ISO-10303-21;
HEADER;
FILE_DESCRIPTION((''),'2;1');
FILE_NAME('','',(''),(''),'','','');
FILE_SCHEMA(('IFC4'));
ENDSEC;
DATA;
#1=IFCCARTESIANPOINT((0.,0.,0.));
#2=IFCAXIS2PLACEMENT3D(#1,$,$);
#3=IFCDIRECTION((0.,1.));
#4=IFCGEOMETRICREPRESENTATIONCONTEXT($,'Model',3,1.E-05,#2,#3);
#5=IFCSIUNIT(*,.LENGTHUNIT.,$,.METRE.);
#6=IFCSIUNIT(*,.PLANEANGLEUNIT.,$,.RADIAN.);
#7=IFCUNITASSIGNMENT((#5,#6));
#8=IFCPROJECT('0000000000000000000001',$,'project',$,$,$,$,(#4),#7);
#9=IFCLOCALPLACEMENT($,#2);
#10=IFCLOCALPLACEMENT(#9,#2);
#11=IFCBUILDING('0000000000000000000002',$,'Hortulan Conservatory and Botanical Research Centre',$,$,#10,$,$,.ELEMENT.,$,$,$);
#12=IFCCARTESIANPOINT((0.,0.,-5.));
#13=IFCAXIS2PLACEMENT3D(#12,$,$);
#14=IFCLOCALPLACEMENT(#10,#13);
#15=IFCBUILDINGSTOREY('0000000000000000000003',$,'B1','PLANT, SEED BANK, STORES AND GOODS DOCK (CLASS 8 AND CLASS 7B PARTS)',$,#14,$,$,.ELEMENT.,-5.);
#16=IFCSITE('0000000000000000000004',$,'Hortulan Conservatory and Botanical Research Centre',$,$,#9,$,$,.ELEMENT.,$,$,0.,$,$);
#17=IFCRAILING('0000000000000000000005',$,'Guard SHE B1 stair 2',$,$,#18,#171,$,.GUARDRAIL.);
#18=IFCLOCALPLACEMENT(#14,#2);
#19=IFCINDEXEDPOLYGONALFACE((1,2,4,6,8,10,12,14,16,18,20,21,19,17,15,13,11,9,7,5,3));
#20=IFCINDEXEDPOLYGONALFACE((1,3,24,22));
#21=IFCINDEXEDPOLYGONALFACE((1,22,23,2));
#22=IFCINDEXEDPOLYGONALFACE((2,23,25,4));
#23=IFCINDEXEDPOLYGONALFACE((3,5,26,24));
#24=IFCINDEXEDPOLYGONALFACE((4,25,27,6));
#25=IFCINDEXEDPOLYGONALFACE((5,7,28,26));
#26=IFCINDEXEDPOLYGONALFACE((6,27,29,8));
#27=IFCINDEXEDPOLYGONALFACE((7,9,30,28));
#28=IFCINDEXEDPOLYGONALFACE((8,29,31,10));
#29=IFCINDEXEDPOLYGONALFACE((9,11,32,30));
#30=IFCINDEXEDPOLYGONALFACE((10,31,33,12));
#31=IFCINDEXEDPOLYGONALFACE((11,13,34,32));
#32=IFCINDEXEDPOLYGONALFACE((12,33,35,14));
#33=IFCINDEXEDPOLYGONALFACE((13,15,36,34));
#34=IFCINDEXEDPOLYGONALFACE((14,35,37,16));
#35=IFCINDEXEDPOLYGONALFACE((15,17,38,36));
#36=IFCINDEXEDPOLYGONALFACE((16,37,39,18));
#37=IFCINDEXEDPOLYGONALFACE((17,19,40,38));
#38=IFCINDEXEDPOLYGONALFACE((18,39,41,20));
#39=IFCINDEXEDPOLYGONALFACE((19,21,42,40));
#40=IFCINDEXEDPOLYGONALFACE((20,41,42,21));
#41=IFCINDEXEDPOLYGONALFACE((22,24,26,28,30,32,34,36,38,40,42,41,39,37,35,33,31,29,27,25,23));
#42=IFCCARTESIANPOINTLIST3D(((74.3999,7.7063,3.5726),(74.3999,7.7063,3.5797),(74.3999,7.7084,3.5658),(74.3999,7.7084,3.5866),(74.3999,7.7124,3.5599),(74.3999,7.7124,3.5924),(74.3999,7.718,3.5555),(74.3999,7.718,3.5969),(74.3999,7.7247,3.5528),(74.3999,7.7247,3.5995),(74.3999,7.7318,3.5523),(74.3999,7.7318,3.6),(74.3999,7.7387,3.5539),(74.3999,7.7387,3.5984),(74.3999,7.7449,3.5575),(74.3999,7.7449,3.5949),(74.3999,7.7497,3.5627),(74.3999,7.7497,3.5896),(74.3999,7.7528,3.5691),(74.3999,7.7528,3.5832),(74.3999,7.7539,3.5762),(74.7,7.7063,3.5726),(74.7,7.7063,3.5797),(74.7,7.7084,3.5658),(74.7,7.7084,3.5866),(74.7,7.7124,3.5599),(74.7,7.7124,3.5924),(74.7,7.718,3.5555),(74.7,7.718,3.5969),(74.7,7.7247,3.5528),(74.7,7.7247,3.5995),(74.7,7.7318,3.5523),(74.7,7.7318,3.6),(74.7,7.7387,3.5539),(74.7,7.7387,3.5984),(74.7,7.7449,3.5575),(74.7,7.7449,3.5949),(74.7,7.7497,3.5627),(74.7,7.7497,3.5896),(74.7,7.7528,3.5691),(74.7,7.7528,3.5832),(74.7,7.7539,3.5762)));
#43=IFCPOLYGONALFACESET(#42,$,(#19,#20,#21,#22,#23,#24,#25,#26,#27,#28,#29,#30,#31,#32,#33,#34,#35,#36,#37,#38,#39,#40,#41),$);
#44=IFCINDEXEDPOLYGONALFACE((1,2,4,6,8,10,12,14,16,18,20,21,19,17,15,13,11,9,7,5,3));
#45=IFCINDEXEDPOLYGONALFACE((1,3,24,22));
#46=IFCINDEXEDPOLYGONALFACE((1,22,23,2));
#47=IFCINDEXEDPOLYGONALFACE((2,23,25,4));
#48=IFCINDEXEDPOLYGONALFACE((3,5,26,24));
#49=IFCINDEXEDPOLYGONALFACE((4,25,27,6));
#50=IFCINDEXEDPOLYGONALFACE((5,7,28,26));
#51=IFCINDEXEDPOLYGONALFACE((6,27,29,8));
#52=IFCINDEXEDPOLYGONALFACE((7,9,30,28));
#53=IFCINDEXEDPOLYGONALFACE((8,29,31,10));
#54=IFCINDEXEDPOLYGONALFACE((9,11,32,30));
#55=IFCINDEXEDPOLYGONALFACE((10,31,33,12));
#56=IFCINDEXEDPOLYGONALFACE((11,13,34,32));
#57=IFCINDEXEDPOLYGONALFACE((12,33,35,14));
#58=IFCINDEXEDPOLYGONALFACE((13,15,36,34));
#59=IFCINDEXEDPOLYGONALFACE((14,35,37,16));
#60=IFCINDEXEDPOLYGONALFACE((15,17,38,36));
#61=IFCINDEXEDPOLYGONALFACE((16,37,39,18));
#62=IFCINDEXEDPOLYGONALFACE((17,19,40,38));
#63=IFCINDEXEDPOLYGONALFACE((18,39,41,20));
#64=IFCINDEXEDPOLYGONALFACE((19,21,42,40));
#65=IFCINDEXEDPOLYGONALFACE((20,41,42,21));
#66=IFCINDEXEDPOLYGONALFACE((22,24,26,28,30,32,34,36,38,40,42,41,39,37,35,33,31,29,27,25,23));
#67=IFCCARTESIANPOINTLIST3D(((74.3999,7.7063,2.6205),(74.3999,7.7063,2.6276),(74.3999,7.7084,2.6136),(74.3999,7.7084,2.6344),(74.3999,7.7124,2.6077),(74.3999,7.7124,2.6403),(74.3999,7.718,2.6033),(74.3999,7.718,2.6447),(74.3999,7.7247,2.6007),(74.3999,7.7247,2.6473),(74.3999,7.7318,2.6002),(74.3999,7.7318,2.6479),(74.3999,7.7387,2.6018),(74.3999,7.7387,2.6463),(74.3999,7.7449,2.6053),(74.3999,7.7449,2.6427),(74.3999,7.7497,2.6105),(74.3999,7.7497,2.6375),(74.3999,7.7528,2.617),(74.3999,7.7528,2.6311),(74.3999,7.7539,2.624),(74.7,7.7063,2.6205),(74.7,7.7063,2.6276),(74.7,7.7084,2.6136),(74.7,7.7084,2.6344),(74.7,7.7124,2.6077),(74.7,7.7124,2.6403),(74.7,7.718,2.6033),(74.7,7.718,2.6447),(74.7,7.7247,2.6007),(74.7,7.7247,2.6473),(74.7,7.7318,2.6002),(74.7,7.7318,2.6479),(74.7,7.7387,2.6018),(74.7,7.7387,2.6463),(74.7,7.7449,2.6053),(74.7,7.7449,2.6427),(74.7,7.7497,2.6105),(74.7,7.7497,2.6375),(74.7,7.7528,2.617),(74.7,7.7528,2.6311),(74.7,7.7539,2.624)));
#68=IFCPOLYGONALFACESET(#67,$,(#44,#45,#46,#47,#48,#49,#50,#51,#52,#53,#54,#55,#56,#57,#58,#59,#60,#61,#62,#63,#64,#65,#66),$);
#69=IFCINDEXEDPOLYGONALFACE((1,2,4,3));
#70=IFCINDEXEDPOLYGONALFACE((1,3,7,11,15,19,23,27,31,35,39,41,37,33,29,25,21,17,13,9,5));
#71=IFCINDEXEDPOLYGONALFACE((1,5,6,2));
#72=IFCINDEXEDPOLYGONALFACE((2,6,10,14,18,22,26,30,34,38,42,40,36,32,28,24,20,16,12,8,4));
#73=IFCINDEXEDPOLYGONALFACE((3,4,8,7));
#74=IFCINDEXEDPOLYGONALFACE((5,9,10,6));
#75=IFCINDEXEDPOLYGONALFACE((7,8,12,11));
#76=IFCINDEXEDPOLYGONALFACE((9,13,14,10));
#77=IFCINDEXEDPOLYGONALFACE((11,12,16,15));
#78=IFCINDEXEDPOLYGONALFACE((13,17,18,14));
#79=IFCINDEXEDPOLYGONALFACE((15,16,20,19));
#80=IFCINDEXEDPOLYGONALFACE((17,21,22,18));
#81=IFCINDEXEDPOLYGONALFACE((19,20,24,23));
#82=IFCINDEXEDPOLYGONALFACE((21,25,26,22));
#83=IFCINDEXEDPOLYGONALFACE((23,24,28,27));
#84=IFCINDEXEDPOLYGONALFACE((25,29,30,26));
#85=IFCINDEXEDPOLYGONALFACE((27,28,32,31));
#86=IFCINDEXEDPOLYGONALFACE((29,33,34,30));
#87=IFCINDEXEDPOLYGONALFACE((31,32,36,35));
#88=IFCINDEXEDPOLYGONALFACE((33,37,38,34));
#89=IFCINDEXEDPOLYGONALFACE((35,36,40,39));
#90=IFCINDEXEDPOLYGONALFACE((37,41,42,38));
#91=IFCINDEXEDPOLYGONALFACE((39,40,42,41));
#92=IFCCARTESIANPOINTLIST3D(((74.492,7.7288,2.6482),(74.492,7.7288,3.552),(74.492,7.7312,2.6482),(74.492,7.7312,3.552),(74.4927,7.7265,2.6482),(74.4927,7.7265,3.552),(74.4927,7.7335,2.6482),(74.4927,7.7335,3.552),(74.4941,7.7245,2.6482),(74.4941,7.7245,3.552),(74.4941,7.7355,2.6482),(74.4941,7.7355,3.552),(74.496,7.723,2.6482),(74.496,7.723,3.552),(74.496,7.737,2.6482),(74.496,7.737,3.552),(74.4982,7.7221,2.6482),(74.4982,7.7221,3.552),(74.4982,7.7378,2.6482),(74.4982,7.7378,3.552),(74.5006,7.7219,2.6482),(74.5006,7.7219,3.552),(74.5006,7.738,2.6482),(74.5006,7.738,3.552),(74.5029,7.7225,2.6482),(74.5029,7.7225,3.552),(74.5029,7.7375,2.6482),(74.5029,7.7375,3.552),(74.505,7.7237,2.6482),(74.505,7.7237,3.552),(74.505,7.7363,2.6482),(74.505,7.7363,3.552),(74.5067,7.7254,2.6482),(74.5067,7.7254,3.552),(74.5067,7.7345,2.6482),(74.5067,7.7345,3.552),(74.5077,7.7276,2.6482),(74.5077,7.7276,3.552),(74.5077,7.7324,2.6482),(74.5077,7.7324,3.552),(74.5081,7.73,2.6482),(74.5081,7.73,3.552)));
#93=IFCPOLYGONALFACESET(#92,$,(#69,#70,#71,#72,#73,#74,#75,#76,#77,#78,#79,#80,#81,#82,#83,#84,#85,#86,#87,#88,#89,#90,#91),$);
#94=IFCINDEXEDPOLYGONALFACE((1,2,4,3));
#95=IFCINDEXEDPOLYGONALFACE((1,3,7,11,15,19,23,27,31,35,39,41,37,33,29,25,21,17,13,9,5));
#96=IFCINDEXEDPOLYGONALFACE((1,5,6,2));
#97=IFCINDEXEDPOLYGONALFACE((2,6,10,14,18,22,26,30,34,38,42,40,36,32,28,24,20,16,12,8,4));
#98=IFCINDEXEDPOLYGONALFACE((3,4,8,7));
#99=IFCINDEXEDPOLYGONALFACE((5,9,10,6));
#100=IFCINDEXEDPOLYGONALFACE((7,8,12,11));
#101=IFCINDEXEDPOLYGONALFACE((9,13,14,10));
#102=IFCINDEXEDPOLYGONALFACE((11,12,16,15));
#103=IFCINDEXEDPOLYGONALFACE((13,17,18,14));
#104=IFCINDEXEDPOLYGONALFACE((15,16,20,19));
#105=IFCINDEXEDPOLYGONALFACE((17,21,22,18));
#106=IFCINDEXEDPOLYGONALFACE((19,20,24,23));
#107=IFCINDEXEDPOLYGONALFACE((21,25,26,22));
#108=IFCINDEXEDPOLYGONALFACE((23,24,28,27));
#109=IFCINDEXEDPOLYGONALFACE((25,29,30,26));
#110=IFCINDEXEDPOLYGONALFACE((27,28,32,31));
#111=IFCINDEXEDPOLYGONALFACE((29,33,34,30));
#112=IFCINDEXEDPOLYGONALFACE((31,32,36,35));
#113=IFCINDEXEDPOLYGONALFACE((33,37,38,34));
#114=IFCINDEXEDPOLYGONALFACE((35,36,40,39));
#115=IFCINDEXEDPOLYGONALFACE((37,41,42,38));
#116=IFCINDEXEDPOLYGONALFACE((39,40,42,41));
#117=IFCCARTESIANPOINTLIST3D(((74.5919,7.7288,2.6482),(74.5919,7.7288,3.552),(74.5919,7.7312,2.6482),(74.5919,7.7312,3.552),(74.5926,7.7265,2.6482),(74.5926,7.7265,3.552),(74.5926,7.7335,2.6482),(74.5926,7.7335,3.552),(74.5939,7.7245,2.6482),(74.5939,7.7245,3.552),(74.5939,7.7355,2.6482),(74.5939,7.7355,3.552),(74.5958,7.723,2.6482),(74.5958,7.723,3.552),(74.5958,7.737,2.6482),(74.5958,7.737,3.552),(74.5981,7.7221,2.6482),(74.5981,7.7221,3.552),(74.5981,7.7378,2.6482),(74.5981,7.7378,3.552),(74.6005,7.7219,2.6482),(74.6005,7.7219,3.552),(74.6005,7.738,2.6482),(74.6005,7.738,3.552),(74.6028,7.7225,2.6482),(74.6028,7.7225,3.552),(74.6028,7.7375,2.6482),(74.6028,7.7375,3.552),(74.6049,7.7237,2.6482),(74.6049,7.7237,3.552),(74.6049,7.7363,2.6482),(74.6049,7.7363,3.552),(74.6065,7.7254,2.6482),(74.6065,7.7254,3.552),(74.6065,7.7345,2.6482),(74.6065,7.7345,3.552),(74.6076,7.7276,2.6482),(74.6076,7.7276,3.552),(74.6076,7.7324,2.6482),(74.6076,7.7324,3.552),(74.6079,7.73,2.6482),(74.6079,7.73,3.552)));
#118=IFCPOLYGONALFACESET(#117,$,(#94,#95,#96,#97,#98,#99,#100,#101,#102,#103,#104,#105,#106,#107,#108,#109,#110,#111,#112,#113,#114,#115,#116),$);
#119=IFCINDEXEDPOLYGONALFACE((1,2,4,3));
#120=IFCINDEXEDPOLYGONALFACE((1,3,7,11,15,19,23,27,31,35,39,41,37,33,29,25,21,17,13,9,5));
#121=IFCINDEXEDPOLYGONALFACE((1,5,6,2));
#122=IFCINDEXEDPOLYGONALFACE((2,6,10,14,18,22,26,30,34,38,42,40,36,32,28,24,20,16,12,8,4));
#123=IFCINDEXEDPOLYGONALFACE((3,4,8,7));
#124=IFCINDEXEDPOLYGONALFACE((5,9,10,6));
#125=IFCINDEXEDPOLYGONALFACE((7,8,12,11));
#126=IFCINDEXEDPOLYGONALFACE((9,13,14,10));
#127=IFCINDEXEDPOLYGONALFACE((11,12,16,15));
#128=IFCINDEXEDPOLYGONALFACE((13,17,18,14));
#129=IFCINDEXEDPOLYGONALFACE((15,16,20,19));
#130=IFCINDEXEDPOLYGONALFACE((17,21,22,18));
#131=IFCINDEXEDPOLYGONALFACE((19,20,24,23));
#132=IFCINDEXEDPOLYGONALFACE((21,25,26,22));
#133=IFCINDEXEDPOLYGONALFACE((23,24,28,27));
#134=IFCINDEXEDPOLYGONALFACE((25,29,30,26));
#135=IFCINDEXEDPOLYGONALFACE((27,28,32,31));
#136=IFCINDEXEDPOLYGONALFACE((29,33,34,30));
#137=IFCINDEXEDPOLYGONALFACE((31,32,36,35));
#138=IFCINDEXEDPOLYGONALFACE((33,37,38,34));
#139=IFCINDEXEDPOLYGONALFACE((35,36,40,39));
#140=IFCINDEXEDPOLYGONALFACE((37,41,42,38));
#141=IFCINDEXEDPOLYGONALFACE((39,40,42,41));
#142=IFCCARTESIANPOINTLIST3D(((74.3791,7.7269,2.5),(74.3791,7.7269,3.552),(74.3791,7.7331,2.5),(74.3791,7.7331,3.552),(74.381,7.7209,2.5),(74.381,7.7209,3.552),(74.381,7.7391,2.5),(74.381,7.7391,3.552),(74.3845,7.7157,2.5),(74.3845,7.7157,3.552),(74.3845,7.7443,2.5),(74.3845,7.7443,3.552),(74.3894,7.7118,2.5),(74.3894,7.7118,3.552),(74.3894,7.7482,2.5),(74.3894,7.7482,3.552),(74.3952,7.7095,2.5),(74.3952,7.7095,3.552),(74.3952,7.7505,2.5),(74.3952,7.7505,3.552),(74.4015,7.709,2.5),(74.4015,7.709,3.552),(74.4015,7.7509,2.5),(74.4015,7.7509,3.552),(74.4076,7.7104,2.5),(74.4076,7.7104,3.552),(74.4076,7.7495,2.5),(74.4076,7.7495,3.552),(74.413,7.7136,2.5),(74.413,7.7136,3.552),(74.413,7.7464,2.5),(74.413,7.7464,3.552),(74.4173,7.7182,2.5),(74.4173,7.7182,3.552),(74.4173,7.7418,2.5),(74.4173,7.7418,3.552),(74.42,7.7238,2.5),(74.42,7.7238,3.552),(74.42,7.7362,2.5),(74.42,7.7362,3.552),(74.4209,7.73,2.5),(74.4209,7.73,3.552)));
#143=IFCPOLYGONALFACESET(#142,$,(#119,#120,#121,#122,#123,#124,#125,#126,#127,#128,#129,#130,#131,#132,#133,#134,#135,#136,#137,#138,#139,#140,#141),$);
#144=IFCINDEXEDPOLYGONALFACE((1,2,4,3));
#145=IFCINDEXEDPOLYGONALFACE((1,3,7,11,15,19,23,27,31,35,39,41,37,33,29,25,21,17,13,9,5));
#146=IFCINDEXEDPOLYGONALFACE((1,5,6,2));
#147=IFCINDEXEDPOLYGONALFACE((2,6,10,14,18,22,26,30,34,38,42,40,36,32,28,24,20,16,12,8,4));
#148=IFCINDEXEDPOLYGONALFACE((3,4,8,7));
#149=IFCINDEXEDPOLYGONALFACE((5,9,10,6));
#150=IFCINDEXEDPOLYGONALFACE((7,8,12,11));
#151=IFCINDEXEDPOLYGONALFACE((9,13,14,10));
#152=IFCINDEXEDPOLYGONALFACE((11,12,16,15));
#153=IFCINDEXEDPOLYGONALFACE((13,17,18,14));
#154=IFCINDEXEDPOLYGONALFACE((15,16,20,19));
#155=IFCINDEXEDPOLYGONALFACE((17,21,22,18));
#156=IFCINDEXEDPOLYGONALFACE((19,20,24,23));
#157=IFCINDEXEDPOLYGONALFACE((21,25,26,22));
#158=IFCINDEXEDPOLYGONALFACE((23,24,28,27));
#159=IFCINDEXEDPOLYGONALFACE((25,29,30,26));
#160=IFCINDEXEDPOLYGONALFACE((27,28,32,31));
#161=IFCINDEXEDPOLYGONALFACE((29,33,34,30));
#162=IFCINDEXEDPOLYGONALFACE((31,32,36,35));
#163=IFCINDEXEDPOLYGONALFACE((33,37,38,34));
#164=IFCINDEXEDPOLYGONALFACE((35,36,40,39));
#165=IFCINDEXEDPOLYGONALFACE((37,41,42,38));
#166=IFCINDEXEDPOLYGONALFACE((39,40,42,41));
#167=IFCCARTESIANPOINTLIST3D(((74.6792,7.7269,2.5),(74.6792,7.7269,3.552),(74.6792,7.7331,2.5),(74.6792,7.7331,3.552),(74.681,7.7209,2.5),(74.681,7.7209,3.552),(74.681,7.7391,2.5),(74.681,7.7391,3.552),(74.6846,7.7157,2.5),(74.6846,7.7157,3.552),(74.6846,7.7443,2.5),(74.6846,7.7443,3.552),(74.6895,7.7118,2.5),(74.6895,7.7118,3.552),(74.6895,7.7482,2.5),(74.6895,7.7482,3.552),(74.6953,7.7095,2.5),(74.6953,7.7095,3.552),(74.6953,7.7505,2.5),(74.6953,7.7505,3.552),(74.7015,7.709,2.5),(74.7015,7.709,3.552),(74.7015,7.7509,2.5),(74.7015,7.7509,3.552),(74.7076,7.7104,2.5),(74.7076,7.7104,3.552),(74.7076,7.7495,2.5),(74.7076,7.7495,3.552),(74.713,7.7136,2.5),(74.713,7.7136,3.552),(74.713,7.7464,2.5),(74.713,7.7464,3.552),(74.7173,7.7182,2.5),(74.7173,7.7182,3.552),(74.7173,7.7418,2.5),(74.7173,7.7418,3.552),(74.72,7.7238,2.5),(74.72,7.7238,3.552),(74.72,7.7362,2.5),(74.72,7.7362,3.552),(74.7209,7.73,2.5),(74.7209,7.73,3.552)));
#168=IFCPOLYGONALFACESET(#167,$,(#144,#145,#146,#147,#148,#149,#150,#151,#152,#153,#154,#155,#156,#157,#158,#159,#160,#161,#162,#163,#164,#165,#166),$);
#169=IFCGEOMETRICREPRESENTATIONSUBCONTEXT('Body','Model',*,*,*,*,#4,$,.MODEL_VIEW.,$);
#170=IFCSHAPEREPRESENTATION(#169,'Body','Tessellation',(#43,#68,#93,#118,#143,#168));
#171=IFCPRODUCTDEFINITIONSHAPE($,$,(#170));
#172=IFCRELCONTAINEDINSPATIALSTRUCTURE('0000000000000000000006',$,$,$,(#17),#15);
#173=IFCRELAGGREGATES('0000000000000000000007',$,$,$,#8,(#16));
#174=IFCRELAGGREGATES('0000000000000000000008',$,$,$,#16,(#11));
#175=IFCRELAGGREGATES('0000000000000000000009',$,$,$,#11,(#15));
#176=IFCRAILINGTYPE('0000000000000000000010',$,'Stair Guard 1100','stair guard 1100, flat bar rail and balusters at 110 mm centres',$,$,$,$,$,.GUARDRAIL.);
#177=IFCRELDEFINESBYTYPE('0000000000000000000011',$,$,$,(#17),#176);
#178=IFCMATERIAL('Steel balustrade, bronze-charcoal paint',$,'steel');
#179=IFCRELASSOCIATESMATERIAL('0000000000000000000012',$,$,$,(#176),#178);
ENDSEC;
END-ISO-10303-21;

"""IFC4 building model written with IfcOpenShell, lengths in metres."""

from ifc_helpers import new_model, si_unit, direction, frame, origin, origin_2d, place, context, subcontext, project, spatial, circle, extrude, material, type_object, element, save


model = new_model("IFC4")

# Units and contexts
model_context = context("Model", 3, precision=1e-05, world=origin(), true_north=direction((0.0, 1.0)))
body_context = subcontext(model_context, "Body", "Model", "MODEL_VIEW")
ifc_project = project(units=[si_unit("LENGTHUNIT", "METRE"), si_unit("PLANEANGLEUNIT", "RADIAN")], contexts=[model_context])

# Site, building, storey
site_placement = place(None, origin())
site = spatial("IfcSite", under=ifc_project, at=site_placement, Name="Hortulan Conservatory and Botanical Research Centre", CompositionType="ELEMENT", RefElevation=0.0)
building_placement = place(site_placement, origin())
building = spatial("IfcBuilding", under=site, at=building_placement, Name="Hortulan Conservatory and Botanical Research Centre", CompositionType="ELEMENT")
storey_placement = place(building_placement, frame((0.0, 0.0, -5.0)))
storey = spatial("IfcBuildingStorey", under=building, at=storey_placement, Name="B1", Description="PLANT, SEED BANK, STORES AND GOODS DOCK (CLASS 8 AND CLASS 7B PARTS)", CompositionType="ELEMENT", Elevation=-5.0)

# Railing
ifc_material_1 = material(Name="Steel balustrade, bronze-charcoal paint", Category="steel")
railing_type_1 = type_object("IfcRailingType", Name="Stair Guard 1100", Description="stair guard 1100, flat bar rail and balusters at 110 mm centres", PredefinedType="GUARDRAIL", material=ifc_material_1)
railing_1_placement = place(storey_placement, frame((74.3999, 7.73, 2.5)))
element("IfcRailing", 1, at=railing_1_placement, inside=storey, type_object=railing_type_1, Name="Guard SHE B1 stair 2", PredefinedType="GUARDRAIL", context=body_context, shape_type="SweptSolid", body=[
    extrude(circle(Radius=0.0239, at=origin_2d()), frame((0.0, 0.0, 1.0762), z_axis=(1.0, 0.0, 0.0), x_axis=(0.0, 1.0, 0.0)), (0.0, 0.0, 1.0), 0.3),
    extrude(circle(Radius=0.0239, at=origin_2d()), frame((0.0, 0.0, 0.124), z_axis=(1.0, 0.0, 0.0), x_axis=(0.0, 1.0, 0.0)), (0.0, 0.0, 1.0), 0.3),
    extrude(circle(Radius=0.0081, at=origin_2d()), frame((0.1001, 0.0, 0.1482)), (0.0, 0.0, 1.0), 0.9038),
    extrude(circle(Radius=0.0081, at=origin_2d()), frame((0.2, 0.0, 0.1482)), (0.0, 0.0, 1.0), 0.9038),
    extrude(circle(Radius=0.021, at=origin_2d()), origin(), (0.0, 0.0, 1.0), 1.052),
    extrude(circle(Radius=0.021, at=origin_2d()), frame((0.3, 0.0, 0.0)), (0.0, 0.0, 1.0), 1.052),
])

save(model, "model.ifc")
